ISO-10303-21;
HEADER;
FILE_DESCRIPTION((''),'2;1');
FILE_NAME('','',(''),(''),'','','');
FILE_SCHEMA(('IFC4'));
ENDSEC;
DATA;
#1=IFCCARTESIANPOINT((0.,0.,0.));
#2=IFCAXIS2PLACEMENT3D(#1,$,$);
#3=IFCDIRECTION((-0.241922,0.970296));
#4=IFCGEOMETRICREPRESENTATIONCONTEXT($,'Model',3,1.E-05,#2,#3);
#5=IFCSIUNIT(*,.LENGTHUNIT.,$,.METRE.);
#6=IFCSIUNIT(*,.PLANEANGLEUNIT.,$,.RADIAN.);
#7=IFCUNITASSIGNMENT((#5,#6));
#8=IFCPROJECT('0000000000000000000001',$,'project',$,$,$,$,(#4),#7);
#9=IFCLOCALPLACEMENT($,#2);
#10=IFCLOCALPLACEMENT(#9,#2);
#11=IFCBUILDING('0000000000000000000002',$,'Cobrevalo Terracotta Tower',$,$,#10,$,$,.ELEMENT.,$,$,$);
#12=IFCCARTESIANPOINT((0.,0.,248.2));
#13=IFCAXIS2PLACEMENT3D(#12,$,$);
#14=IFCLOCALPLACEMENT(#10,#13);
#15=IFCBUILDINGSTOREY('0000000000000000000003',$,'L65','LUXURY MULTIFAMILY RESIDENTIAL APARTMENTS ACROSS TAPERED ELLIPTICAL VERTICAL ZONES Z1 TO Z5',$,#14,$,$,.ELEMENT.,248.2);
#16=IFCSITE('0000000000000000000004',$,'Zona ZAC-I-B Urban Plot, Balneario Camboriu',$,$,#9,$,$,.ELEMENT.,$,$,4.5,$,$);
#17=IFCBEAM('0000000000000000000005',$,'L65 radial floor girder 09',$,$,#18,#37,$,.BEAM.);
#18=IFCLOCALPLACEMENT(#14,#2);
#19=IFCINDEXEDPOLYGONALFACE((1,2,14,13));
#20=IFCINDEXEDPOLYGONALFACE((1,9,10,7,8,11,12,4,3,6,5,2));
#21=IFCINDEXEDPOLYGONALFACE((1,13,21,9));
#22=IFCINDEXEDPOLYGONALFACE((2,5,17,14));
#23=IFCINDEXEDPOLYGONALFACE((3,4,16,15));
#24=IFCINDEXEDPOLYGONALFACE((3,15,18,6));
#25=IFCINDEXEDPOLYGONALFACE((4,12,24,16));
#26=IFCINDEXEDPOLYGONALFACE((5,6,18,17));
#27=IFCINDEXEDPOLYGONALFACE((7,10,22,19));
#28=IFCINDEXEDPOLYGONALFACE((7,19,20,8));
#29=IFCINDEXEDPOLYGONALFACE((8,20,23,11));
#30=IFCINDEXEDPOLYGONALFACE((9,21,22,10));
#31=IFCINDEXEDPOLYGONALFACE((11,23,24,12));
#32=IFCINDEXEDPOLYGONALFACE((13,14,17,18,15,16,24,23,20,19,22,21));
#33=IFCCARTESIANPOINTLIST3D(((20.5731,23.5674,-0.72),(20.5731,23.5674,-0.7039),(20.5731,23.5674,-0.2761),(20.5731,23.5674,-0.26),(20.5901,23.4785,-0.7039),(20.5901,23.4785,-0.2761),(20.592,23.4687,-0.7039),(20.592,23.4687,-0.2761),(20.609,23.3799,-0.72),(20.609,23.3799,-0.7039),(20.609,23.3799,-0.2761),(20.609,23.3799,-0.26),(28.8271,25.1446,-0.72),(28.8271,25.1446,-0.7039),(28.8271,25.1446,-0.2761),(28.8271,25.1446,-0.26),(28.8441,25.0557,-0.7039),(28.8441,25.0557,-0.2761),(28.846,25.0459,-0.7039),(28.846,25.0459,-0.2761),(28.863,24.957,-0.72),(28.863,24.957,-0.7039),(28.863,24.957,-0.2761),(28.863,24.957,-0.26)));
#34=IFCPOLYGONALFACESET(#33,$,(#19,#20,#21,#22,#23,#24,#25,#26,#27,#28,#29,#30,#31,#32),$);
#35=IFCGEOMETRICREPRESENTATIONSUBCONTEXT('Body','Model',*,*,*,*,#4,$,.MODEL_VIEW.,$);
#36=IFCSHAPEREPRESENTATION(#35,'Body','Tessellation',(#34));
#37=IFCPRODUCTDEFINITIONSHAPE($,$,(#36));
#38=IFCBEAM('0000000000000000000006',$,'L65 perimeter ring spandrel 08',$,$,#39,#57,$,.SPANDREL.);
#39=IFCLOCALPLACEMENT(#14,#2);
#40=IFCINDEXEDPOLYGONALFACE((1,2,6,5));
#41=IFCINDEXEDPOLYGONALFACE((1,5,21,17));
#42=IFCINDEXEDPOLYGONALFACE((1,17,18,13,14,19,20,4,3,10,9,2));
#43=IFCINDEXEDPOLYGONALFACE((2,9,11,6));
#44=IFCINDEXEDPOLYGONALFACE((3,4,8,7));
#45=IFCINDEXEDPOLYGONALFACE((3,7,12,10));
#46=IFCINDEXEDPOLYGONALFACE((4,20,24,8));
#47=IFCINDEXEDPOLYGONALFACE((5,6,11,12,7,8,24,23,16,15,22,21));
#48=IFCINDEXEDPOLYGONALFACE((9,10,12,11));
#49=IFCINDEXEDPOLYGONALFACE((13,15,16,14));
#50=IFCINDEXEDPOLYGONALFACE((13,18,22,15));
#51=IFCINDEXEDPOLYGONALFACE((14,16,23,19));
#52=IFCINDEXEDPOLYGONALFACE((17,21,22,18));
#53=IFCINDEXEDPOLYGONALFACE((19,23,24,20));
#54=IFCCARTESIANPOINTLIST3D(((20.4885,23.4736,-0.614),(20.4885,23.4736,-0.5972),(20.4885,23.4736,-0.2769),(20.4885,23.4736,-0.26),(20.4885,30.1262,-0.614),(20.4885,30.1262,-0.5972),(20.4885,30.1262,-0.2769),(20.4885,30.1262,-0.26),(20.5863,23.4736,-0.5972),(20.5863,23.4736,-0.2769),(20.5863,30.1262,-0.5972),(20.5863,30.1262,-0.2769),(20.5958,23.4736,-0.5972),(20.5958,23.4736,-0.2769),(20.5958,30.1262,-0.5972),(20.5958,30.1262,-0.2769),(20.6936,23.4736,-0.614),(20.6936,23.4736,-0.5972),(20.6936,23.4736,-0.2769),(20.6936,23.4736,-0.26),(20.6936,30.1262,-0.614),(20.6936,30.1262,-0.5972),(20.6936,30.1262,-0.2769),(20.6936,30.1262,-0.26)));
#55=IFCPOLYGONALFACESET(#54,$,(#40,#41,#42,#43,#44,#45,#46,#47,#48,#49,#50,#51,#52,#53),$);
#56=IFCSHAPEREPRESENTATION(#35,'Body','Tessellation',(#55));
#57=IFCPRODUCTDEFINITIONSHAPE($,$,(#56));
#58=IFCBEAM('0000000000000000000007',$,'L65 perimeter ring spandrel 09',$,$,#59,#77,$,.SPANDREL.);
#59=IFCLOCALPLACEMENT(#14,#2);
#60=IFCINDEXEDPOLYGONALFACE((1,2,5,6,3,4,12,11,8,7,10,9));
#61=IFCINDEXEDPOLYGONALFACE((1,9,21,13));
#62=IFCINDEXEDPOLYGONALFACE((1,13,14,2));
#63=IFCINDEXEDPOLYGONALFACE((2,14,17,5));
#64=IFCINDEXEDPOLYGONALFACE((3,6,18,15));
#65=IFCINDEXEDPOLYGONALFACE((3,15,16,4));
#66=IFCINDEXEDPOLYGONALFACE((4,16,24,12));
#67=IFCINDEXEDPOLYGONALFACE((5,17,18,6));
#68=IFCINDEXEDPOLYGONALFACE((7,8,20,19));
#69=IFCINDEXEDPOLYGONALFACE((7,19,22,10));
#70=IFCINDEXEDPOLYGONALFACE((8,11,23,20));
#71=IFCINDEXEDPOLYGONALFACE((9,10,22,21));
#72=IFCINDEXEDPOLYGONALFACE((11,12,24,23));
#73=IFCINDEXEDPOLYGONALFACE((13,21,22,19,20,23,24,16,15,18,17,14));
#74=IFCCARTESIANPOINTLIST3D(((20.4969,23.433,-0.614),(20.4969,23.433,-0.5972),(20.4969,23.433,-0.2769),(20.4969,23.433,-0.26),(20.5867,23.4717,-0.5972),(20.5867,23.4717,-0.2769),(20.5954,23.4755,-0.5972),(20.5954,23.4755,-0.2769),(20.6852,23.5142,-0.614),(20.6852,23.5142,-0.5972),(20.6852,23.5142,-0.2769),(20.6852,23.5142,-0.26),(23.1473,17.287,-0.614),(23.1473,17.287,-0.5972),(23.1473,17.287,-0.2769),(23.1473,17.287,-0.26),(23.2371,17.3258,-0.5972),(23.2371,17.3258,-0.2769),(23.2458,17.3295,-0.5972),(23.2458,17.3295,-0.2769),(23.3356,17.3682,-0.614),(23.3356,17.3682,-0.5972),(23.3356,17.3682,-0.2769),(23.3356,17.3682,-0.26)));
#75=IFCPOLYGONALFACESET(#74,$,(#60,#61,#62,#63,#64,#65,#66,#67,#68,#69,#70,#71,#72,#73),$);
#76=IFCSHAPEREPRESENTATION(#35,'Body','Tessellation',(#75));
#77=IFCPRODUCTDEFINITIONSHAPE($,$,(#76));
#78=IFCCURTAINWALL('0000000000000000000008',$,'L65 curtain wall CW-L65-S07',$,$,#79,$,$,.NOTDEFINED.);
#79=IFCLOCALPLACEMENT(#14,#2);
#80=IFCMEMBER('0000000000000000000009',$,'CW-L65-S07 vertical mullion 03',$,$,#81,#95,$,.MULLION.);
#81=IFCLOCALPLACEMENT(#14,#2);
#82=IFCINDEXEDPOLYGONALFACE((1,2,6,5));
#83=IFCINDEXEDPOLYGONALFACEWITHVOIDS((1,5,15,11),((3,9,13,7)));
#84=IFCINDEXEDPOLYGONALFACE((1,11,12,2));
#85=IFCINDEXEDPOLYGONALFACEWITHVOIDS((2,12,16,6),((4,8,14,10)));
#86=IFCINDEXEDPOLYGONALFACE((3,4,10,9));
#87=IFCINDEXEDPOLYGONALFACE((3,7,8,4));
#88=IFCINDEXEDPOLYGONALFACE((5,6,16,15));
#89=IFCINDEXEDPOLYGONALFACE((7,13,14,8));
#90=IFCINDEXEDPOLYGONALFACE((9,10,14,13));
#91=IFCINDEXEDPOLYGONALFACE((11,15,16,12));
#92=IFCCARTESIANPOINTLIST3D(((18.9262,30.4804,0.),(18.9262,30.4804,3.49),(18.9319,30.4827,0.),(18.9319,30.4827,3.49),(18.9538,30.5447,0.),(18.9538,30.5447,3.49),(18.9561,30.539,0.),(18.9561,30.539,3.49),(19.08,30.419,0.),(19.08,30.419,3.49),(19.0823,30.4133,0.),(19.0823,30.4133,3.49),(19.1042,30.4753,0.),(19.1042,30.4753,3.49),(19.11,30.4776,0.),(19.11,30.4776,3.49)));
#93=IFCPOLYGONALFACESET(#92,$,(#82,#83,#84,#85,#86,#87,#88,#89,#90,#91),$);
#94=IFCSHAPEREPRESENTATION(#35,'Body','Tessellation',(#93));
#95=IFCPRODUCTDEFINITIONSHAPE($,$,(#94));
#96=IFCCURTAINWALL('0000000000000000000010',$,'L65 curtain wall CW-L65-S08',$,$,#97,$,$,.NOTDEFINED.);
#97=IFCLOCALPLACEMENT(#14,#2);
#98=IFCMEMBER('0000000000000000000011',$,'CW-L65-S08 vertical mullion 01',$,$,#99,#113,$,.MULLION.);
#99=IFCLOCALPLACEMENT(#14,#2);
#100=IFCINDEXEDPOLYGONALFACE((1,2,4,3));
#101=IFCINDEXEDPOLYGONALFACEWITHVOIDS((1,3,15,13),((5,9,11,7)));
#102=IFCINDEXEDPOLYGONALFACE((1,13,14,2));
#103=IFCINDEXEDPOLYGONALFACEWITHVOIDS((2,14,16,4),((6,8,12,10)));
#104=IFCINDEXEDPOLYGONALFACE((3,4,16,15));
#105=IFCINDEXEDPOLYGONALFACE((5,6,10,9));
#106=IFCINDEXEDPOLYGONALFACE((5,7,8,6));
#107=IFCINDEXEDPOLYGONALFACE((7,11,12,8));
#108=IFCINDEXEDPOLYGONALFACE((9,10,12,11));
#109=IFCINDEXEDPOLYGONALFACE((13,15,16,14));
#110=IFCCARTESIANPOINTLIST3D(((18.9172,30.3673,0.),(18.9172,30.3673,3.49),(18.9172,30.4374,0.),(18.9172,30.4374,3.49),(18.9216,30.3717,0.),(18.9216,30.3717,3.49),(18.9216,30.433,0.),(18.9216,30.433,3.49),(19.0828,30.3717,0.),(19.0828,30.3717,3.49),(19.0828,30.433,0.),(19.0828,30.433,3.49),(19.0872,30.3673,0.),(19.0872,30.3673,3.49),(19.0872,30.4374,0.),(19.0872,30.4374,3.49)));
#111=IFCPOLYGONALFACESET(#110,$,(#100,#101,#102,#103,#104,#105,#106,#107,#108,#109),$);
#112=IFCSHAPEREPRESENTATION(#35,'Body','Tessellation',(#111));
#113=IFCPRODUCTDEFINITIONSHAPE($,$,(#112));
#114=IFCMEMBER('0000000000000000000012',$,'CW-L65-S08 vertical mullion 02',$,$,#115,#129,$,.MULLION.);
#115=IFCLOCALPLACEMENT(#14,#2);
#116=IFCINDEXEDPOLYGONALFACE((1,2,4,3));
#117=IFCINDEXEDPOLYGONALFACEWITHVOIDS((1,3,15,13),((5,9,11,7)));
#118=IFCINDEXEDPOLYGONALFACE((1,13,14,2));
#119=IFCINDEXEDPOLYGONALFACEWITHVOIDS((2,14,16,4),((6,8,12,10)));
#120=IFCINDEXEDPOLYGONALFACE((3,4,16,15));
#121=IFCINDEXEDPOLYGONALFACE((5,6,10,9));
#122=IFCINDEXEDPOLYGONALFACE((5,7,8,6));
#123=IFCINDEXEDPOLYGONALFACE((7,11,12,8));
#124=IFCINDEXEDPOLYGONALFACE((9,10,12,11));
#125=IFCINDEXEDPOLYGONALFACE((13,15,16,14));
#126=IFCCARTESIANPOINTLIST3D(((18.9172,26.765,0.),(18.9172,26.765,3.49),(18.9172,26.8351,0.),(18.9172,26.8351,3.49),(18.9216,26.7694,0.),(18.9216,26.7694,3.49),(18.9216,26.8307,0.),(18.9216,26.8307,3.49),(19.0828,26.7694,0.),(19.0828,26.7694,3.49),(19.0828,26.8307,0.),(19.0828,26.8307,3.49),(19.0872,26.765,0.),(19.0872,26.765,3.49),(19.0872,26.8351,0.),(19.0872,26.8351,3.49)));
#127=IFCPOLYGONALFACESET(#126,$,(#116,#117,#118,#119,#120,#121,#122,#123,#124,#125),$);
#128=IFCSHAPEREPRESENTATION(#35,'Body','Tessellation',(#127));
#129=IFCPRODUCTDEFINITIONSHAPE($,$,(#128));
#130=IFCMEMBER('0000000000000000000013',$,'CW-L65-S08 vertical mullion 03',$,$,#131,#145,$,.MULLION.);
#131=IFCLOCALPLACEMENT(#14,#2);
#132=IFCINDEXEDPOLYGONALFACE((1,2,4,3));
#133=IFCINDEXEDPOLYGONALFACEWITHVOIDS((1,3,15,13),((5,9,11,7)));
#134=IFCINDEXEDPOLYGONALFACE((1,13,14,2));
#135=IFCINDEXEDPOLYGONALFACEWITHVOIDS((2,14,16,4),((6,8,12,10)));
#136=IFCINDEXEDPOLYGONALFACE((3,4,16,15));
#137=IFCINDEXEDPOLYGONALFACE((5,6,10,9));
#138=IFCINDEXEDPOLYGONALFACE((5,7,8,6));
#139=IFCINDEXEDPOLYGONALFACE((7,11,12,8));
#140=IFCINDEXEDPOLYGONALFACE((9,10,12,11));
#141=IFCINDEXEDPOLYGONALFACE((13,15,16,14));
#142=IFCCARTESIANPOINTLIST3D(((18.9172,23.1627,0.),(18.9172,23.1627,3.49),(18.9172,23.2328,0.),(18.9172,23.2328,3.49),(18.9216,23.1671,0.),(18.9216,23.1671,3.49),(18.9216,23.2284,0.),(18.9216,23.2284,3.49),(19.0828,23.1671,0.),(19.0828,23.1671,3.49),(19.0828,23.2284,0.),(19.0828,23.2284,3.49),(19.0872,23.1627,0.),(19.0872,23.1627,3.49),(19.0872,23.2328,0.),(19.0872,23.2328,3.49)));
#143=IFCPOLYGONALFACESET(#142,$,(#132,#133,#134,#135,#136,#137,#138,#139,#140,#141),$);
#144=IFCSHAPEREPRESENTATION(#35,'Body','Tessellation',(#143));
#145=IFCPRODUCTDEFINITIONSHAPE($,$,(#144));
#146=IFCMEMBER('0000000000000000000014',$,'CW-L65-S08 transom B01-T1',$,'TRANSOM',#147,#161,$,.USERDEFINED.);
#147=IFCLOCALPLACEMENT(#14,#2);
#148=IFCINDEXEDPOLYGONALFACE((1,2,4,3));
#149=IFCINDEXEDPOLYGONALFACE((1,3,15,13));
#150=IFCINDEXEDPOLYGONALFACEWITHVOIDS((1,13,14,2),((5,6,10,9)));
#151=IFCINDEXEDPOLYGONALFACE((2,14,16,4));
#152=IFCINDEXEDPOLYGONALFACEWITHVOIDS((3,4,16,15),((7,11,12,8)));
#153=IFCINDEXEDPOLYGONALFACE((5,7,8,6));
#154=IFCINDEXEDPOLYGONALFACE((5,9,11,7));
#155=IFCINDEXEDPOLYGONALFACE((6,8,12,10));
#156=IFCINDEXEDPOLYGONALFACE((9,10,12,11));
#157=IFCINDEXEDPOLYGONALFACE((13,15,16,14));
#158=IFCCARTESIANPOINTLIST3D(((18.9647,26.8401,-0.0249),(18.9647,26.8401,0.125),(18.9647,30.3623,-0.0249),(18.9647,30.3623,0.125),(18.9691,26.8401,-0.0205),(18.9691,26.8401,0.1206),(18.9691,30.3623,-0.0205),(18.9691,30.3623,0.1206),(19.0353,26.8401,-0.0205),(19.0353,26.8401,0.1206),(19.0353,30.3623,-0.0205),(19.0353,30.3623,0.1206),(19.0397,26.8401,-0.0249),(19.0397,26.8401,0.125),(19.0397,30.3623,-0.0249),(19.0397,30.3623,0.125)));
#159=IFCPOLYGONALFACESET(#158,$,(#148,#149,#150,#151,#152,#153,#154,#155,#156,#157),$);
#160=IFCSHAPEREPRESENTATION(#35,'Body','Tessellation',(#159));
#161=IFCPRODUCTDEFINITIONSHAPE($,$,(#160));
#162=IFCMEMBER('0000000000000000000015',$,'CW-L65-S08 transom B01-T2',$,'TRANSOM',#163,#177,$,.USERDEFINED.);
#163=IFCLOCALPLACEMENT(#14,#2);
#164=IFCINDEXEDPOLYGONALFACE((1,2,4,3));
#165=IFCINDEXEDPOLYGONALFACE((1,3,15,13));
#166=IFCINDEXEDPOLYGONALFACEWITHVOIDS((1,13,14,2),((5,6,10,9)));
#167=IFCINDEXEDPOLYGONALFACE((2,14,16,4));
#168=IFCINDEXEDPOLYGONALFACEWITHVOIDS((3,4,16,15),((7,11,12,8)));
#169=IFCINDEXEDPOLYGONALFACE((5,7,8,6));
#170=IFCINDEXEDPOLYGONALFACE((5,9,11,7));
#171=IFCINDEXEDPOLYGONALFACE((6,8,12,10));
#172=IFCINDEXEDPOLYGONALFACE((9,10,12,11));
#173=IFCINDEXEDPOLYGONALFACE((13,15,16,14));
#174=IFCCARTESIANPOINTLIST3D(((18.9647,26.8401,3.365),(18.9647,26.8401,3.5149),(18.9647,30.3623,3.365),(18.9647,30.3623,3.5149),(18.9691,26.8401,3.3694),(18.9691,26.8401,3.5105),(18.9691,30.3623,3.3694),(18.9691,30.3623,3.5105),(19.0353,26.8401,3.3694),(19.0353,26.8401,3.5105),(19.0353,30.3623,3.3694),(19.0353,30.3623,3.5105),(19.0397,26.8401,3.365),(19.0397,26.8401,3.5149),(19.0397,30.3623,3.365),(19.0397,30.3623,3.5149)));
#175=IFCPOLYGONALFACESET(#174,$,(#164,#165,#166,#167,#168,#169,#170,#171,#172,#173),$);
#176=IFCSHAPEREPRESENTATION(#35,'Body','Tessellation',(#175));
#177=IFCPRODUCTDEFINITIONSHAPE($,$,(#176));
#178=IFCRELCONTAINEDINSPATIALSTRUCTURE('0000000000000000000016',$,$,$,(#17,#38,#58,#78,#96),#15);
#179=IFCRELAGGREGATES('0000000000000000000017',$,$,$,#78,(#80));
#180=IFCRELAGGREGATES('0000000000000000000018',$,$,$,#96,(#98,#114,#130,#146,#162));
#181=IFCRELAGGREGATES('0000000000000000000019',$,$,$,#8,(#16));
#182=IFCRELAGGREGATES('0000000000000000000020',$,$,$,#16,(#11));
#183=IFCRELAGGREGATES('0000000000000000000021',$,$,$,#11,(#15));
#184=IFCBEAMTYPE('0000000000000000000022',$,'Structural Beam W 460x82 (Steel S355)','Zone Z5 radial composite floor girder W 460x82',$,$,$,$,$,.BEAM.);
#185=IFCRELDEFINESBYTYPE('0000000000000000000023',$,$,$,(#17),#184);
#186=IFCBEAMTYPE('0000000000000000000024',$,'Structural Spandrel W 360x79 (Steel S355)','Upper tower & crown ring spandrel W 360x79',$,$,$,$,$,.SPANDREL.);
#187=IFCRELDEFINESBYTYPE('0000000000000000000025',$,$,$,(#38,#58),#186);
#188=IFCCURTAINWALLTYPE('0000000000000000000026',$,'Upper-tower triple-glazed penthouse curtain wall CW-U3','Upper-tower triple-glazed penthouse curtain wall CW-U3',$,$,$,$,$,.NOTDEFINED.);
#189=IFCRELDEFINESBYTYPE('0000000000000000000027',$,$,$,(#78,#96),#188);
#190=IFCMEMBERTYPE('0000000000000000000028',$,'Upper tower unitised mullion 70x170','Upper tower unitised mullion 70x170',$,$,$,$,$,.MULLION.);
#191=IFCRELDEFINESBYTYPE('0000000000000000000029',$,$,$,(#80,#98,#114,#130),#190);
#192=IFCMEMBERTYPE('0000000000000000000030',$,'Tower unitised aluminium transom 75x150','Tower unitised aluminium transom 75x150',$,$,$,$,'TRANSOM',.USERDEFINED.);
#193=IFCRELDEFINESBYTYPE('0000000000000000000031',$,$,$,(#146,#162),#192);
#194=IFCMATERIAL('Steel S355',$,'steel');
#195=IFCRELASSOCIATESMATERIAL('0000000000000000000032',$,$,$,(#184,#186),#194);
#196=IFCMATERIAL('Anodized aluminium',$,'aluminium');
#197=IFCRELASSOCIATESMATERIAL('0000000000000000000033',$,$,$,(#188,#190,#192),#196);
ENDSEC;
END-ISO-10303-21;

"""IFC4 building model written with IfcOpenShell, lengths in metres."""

from ifc_helpers import new_model, si_unit, direction, frame, origin, origin_2d, place, context, subcontext, project, spatial, hollow_rectangle, i_section, extrude, source, transform, mapped, material, material_profile, profile_set, type_object, element, aggregate, save


model = new_model("IFC4")

# Units and contexts
model_context = context("Model", 3, precision=1e-05, world=origin(), true_north=direction((-0.241922, 0.970296)))
body_context = subcontext(model_context, "Body", "Model", "MODEL_VIEW")
ifc_project = project(units=[si_unit("LENGTHUNIT", "METRE"), si_unit("PLANEANGLEUNIT", "RADIAN")], contexts=[model_context])

# Site, building, storey
site_placement = place(None, origin())
site = spatial("IfcSite", under=ifc_project, at=site_placement, Name="Zona ZAC-I-B Urban Plot, Balneario Camboriu", CompositionType="ELEMENT", RefElevation=4.5)
building_placement = place(site_placement, origin())
building = spatial("IfcBuilding", under=site, at=building_placement, Name="Cobrevalo Terracotta Tower", CompositionType="ELEMENT")
storey_placement = place(building_placement, frame((0.0, 0.0, 248.2)))
storey = spatial("IfcBuildingStorey", under=building, at=storey_placement, Name="L65", Description="LUXURY MULTIFAMILY RESIDENTIAL APARTMENTS ACROSS TAPERED ELLIPTICAL VERTICAL ZONES Z1 TO Z5", CompositionType="ELEMENT", Elevation=248.2)

# Shared definitions
ifc_material_1 = material(Name="Steel S355", Category="steel")

# Beams
ifc_material_profile_1 = material_profile(ifc_material_1, i_section(OverallWidth=0.1909, OverallDepth=0.46, WebThickness=0.01, FlangeThickness=0.0161, at=origin_2d()), Name="W 460x82")
ifc_profile_set_1 = profile_set([ifc_material_profile_1], Name="Steel S355")
beam_type_1 = type_object("IfcBeamType", Name="Structural Beam W 460x82 (Steel S355)", Description="Zone Z5 radial composite floor girder W 460x82", PredefinedType="BEAM", material=ifc_profile_set_1)
beam_1_placement = place(storey_placement, frame((20.5911, 23.4736, -0.49), z_axis=(0.98223, 0.187683, 0.0), x_axis=(-0.187683, 0.98223, 0.0)))
element("IfcBeam", 1, at=beam_1_placement, inside=storey, type_object=beam_type_1, Name="L65 radial floor girder 09", PredefinedType="BEAM", context=body_context, shape_type="SweptSolid", body=[
    extrude(i_section(OverallWidth=0.1909, OverallDepth=0.46, WebThickness=0.01, FlangeThickness=0.0161, at=origin_2d()), origin(), (0.0, 0.0, 1.0), 8.4033),
])
ifc_material_profile_2 = material_profile(ifc_material_1, i_section(OverallWidth=0.2051, OverallDepth=0.354, WebThickness=0.0095, FlangeThickness=0.0168, at=origin_2d()), Name="W 360x79")
ifc_profile_set_2 = profile_set([ifc_material_profile_2], Name="Steel S355")
beam_type_2 = type_object("IfcBeamType", Name="Structural Spandrel W 360x79 (Steel S355)", Description="Upper tower & crown ring spandrel W 360x79", PredefinedType="SPANDREL", material=ifc_profile_set_2)
beam_2_placement = place(storey_placement, frame((20.5911, 30.1262, -0.437), z_axis=(0.0, -1.0, 0.0), x_axis=(1.0, 0.0, 0.0)))
element("IfcBeam", 2, at=beam_2_placement, inside=storey, type_object=beam_type_2, Name="L65 perimeter ring spandrel 08", PredefinedType="SPANDREL", context=body_context, shape_type="SweptSolid", body=[
    extrude(i_section(OverallWidth=0.2051, OverallDepth=0.354, WebThickness=0.0095, FlangeThickness=0.0168, at=origin_2d()), origin(), (0.0, 0.0, 1.0), 6.6526),
])
beam_3_placement = place(storey_placement, frame((20.5911, 23.4736, -0.437), z_axis=(0.395987, -0.918256, 0.0), x_axis=(0.918256, 0.395987, 0.0)))
element("IfcBeam", 3, at=beam_3_placement, inside=storey, type_object=beam_type_2, Name="L65 perimeter ring spandrel 09", PredefinedType="SPANDREL", context=body_context, shape_type="SweptSolid", body=[
    extrude(i_section(OverallWidth=0.2051, OverallDepth=0.354, WebThickness=0.0095, FlangeThickness=0.0168, at=origin_2d()), origin(), (0.0, 0.0, 1.0), 6.6931),
])

# Curtain wall, member
ifc_material_2 = material(Name="Anodized aluminium", Category="aluminium")
curtain_wall_type = type_object("IfcCurtainWallType", Name="Upper-tower triple-glazed penthouse curtain wall CW-U3", Description="Upper-tower triple-glazed penthouse curtain wall CW-U3", PredefinedType="NOTDEFINED", material=ifc_material_2)
curtain_wall_1_placement = place(storey_placement, origin())
curtain_wall_1 = element("IfcCurtainWall", 4, at=curtain_wall_1_placement, inside=storey, type_object=curtain_wall_type, Name="L65 curtain wall CW-L65-S07", PredefinedType="NOTDEFINED")
ifc_material_profile_3 = material_profile(ifc_material_2, hollow_rectangle(XDim=0.0701, YDim=0.1699, WallThickness=0.0044, at=origin_2d()), Name="CWM 70x170")
ifc_profile_set_3 = profile_set([ifc_material_profile_3], Name="Anodized aluminium")
member_type_1 = type_object("IfcMemberType", Name="Upper tower unitised mullion 70x170", Description="Upper tower unitised mullion 70x170", PredefinedType="MULLION", material=ifc_profile_set_3)
shared_shape_1 = source(origin(), body_context, "Body", "SweptSolid", [
    extrude(hollow_rectangle(XDim=0.0701, YDim=0.1699, WallThickness=0.0044, at=origin_2d()), origin(), (0.0, 0.0, 1.0), 3.49),
])
member_1_placement = place(storey_placement, frame((19.0181, 30.479, 0.0), z_axis=(0.0, 0.0, 1.0), x_axis=(-0.394824, -0.918757, 0.0)))
member_1 = element("IfcMember", 5, at=member_1_placement, type_object=member_type_1, Name="CW-L65-S07 vertical mullion 03", PredefinedType="MULLION", context=body_context, shape_type="MappedRepresentation", body=[
    mapped(shared_shape_1, transform((0.0, 0.0, 0.0), scale=1.0)),
])
aggregate(curtain_wall_1, [member_1])

# Curtain wall, members
curtain_wall_2_placement = place(storey_placement, origin())
curtain_wall_2 = element("IfcCurtainWall", 6, at=curtain_wall_2_placement, inside=storey, type_object=curtain_wall_type, Name="L65 curtain wall CW-L65-S08", PredefinedType="NOTDEFINED")
member_2_placement = place(storey_placement, frame((19.0022, 30.4023, 0.0), z_axis=(0.0, 0.0, 1.0), x_axis=(0.0, -1.0, 0.0)))
member_2 = element("IfcMember", 7, at=member_2_placement, type_object=member_type_1, Name="CW-L65-S08 vertical mullion 01", PredefinedType="MULLION", context=body_context, shape_type="MappedRepresentation", body=[
    mapped(shared_shape_1, transform((0.0, 0.0, 0.0), scale=1.0)),
])
member_3_placement = place(storey_placement, frame((19.0022, 26.8, 0.0), z_axis=(0.0, 0.0, 1.0), x_axis=(0.0, -1.0, 0.0)))
member_3 = element("IfcMember", 8, at=member_3_placement, type_object=member_type_1, Name="CW-L65-S08 vertical mullion 02", PredefinedType="MULLION", context=body_context, shape_type="MappedRepresentation", body=[
    mapped(shared_shape_1, transform((0.0, 0.0, 0.0), scale=1.0)),
])
member_4_placement = place(storey_placement, frame((19.0022, 23.1978, 0.0), z_axis=(0.0, 0.0, 1.0), x_axis=(0.0, -1.0, 0.0)))
member_4 = element("IfcMember", 9, at=member_4_placement, type_object=member_type_1, Name="CW-L65-S08 vertical mullion 03", PredefinedType="MULLION", context=body_context, shape_type="MappedRepresentation", body=[
    mapped(shared_shape_1, transform((0.0, 0.0, 0.0), scale=1.0)),
])
ifc_material_profile_4 = material_profile(ifc_material_2, hollow_rectangle(XDim=0.075, YDim=0.1499, WallThickness=0.0044, at=origin_2d()), Name="CWT 75x150")
ifc_profile_set_4 = profile_set([ifc_material_profile_4], Name="Anodized aluminium")
member_type_2 = type_object("IfcMemberType", Name="Tower unitised aluminium transom 75x150", Description="Tower unitised aluminium transom 75x150", ElementType="TRANSOM", PredefinedType="USERDEFINED", material=ifc_profile_set_4)
shared_shape_2 = source(origin(), body_context, "Body", "SweptSolid", [
    extrude(hollow_rectangle(XDim=0.075, YDim=0.1499, WallThickness=0.0044, at=origin_2d()), origin(), (0.0, 0.0, 1.0), 3.5222),
])
member_5_placement = place(storey_placement, frame((19.0022, 30.3623, 0.05), z_axis=(0.0, -1.0, 0.0), x_axis=(1.0, 0.0, 0.0)))
member_5 = element("IfcMember", 10, at=member_5_placement, type_object=member_type_2, Name="CW-L65-S08 transom B01-T1", ObjectType="TRANSOM", PredefinedType="USERDEFINED", context=body_context, shape_type="MappedRepresentation", body=[
    mapped(shared_shape_2, transform((0.0, 0.0, 0.0), scale=1.0)),
])
member_6_placement = place(storey_placement, frame((19.0022, 30.3623, 3.4399), z_axis=(0.0, -1.0, 0.0), x_axis=(1.0, 0.0, 0.0)))
member_6 = element("IfcMember", 11, at=member_6_placement, type_object=member_type_2, Name="CW-L65-S08 transom B01-T2", ObjectType="TRANSOM", PredefinedType="USERDEFINED", context=body_context, shape_type="MappedRepresentation", body=[
    mapped(shared_shape_2, transform((0.0, 0.0, 0.0), scale=1.0)),
])
aggregate(curtain_wall_2, [member_2, member_3, member_4, member_5, member_6])

save(model, "model.ifc")
